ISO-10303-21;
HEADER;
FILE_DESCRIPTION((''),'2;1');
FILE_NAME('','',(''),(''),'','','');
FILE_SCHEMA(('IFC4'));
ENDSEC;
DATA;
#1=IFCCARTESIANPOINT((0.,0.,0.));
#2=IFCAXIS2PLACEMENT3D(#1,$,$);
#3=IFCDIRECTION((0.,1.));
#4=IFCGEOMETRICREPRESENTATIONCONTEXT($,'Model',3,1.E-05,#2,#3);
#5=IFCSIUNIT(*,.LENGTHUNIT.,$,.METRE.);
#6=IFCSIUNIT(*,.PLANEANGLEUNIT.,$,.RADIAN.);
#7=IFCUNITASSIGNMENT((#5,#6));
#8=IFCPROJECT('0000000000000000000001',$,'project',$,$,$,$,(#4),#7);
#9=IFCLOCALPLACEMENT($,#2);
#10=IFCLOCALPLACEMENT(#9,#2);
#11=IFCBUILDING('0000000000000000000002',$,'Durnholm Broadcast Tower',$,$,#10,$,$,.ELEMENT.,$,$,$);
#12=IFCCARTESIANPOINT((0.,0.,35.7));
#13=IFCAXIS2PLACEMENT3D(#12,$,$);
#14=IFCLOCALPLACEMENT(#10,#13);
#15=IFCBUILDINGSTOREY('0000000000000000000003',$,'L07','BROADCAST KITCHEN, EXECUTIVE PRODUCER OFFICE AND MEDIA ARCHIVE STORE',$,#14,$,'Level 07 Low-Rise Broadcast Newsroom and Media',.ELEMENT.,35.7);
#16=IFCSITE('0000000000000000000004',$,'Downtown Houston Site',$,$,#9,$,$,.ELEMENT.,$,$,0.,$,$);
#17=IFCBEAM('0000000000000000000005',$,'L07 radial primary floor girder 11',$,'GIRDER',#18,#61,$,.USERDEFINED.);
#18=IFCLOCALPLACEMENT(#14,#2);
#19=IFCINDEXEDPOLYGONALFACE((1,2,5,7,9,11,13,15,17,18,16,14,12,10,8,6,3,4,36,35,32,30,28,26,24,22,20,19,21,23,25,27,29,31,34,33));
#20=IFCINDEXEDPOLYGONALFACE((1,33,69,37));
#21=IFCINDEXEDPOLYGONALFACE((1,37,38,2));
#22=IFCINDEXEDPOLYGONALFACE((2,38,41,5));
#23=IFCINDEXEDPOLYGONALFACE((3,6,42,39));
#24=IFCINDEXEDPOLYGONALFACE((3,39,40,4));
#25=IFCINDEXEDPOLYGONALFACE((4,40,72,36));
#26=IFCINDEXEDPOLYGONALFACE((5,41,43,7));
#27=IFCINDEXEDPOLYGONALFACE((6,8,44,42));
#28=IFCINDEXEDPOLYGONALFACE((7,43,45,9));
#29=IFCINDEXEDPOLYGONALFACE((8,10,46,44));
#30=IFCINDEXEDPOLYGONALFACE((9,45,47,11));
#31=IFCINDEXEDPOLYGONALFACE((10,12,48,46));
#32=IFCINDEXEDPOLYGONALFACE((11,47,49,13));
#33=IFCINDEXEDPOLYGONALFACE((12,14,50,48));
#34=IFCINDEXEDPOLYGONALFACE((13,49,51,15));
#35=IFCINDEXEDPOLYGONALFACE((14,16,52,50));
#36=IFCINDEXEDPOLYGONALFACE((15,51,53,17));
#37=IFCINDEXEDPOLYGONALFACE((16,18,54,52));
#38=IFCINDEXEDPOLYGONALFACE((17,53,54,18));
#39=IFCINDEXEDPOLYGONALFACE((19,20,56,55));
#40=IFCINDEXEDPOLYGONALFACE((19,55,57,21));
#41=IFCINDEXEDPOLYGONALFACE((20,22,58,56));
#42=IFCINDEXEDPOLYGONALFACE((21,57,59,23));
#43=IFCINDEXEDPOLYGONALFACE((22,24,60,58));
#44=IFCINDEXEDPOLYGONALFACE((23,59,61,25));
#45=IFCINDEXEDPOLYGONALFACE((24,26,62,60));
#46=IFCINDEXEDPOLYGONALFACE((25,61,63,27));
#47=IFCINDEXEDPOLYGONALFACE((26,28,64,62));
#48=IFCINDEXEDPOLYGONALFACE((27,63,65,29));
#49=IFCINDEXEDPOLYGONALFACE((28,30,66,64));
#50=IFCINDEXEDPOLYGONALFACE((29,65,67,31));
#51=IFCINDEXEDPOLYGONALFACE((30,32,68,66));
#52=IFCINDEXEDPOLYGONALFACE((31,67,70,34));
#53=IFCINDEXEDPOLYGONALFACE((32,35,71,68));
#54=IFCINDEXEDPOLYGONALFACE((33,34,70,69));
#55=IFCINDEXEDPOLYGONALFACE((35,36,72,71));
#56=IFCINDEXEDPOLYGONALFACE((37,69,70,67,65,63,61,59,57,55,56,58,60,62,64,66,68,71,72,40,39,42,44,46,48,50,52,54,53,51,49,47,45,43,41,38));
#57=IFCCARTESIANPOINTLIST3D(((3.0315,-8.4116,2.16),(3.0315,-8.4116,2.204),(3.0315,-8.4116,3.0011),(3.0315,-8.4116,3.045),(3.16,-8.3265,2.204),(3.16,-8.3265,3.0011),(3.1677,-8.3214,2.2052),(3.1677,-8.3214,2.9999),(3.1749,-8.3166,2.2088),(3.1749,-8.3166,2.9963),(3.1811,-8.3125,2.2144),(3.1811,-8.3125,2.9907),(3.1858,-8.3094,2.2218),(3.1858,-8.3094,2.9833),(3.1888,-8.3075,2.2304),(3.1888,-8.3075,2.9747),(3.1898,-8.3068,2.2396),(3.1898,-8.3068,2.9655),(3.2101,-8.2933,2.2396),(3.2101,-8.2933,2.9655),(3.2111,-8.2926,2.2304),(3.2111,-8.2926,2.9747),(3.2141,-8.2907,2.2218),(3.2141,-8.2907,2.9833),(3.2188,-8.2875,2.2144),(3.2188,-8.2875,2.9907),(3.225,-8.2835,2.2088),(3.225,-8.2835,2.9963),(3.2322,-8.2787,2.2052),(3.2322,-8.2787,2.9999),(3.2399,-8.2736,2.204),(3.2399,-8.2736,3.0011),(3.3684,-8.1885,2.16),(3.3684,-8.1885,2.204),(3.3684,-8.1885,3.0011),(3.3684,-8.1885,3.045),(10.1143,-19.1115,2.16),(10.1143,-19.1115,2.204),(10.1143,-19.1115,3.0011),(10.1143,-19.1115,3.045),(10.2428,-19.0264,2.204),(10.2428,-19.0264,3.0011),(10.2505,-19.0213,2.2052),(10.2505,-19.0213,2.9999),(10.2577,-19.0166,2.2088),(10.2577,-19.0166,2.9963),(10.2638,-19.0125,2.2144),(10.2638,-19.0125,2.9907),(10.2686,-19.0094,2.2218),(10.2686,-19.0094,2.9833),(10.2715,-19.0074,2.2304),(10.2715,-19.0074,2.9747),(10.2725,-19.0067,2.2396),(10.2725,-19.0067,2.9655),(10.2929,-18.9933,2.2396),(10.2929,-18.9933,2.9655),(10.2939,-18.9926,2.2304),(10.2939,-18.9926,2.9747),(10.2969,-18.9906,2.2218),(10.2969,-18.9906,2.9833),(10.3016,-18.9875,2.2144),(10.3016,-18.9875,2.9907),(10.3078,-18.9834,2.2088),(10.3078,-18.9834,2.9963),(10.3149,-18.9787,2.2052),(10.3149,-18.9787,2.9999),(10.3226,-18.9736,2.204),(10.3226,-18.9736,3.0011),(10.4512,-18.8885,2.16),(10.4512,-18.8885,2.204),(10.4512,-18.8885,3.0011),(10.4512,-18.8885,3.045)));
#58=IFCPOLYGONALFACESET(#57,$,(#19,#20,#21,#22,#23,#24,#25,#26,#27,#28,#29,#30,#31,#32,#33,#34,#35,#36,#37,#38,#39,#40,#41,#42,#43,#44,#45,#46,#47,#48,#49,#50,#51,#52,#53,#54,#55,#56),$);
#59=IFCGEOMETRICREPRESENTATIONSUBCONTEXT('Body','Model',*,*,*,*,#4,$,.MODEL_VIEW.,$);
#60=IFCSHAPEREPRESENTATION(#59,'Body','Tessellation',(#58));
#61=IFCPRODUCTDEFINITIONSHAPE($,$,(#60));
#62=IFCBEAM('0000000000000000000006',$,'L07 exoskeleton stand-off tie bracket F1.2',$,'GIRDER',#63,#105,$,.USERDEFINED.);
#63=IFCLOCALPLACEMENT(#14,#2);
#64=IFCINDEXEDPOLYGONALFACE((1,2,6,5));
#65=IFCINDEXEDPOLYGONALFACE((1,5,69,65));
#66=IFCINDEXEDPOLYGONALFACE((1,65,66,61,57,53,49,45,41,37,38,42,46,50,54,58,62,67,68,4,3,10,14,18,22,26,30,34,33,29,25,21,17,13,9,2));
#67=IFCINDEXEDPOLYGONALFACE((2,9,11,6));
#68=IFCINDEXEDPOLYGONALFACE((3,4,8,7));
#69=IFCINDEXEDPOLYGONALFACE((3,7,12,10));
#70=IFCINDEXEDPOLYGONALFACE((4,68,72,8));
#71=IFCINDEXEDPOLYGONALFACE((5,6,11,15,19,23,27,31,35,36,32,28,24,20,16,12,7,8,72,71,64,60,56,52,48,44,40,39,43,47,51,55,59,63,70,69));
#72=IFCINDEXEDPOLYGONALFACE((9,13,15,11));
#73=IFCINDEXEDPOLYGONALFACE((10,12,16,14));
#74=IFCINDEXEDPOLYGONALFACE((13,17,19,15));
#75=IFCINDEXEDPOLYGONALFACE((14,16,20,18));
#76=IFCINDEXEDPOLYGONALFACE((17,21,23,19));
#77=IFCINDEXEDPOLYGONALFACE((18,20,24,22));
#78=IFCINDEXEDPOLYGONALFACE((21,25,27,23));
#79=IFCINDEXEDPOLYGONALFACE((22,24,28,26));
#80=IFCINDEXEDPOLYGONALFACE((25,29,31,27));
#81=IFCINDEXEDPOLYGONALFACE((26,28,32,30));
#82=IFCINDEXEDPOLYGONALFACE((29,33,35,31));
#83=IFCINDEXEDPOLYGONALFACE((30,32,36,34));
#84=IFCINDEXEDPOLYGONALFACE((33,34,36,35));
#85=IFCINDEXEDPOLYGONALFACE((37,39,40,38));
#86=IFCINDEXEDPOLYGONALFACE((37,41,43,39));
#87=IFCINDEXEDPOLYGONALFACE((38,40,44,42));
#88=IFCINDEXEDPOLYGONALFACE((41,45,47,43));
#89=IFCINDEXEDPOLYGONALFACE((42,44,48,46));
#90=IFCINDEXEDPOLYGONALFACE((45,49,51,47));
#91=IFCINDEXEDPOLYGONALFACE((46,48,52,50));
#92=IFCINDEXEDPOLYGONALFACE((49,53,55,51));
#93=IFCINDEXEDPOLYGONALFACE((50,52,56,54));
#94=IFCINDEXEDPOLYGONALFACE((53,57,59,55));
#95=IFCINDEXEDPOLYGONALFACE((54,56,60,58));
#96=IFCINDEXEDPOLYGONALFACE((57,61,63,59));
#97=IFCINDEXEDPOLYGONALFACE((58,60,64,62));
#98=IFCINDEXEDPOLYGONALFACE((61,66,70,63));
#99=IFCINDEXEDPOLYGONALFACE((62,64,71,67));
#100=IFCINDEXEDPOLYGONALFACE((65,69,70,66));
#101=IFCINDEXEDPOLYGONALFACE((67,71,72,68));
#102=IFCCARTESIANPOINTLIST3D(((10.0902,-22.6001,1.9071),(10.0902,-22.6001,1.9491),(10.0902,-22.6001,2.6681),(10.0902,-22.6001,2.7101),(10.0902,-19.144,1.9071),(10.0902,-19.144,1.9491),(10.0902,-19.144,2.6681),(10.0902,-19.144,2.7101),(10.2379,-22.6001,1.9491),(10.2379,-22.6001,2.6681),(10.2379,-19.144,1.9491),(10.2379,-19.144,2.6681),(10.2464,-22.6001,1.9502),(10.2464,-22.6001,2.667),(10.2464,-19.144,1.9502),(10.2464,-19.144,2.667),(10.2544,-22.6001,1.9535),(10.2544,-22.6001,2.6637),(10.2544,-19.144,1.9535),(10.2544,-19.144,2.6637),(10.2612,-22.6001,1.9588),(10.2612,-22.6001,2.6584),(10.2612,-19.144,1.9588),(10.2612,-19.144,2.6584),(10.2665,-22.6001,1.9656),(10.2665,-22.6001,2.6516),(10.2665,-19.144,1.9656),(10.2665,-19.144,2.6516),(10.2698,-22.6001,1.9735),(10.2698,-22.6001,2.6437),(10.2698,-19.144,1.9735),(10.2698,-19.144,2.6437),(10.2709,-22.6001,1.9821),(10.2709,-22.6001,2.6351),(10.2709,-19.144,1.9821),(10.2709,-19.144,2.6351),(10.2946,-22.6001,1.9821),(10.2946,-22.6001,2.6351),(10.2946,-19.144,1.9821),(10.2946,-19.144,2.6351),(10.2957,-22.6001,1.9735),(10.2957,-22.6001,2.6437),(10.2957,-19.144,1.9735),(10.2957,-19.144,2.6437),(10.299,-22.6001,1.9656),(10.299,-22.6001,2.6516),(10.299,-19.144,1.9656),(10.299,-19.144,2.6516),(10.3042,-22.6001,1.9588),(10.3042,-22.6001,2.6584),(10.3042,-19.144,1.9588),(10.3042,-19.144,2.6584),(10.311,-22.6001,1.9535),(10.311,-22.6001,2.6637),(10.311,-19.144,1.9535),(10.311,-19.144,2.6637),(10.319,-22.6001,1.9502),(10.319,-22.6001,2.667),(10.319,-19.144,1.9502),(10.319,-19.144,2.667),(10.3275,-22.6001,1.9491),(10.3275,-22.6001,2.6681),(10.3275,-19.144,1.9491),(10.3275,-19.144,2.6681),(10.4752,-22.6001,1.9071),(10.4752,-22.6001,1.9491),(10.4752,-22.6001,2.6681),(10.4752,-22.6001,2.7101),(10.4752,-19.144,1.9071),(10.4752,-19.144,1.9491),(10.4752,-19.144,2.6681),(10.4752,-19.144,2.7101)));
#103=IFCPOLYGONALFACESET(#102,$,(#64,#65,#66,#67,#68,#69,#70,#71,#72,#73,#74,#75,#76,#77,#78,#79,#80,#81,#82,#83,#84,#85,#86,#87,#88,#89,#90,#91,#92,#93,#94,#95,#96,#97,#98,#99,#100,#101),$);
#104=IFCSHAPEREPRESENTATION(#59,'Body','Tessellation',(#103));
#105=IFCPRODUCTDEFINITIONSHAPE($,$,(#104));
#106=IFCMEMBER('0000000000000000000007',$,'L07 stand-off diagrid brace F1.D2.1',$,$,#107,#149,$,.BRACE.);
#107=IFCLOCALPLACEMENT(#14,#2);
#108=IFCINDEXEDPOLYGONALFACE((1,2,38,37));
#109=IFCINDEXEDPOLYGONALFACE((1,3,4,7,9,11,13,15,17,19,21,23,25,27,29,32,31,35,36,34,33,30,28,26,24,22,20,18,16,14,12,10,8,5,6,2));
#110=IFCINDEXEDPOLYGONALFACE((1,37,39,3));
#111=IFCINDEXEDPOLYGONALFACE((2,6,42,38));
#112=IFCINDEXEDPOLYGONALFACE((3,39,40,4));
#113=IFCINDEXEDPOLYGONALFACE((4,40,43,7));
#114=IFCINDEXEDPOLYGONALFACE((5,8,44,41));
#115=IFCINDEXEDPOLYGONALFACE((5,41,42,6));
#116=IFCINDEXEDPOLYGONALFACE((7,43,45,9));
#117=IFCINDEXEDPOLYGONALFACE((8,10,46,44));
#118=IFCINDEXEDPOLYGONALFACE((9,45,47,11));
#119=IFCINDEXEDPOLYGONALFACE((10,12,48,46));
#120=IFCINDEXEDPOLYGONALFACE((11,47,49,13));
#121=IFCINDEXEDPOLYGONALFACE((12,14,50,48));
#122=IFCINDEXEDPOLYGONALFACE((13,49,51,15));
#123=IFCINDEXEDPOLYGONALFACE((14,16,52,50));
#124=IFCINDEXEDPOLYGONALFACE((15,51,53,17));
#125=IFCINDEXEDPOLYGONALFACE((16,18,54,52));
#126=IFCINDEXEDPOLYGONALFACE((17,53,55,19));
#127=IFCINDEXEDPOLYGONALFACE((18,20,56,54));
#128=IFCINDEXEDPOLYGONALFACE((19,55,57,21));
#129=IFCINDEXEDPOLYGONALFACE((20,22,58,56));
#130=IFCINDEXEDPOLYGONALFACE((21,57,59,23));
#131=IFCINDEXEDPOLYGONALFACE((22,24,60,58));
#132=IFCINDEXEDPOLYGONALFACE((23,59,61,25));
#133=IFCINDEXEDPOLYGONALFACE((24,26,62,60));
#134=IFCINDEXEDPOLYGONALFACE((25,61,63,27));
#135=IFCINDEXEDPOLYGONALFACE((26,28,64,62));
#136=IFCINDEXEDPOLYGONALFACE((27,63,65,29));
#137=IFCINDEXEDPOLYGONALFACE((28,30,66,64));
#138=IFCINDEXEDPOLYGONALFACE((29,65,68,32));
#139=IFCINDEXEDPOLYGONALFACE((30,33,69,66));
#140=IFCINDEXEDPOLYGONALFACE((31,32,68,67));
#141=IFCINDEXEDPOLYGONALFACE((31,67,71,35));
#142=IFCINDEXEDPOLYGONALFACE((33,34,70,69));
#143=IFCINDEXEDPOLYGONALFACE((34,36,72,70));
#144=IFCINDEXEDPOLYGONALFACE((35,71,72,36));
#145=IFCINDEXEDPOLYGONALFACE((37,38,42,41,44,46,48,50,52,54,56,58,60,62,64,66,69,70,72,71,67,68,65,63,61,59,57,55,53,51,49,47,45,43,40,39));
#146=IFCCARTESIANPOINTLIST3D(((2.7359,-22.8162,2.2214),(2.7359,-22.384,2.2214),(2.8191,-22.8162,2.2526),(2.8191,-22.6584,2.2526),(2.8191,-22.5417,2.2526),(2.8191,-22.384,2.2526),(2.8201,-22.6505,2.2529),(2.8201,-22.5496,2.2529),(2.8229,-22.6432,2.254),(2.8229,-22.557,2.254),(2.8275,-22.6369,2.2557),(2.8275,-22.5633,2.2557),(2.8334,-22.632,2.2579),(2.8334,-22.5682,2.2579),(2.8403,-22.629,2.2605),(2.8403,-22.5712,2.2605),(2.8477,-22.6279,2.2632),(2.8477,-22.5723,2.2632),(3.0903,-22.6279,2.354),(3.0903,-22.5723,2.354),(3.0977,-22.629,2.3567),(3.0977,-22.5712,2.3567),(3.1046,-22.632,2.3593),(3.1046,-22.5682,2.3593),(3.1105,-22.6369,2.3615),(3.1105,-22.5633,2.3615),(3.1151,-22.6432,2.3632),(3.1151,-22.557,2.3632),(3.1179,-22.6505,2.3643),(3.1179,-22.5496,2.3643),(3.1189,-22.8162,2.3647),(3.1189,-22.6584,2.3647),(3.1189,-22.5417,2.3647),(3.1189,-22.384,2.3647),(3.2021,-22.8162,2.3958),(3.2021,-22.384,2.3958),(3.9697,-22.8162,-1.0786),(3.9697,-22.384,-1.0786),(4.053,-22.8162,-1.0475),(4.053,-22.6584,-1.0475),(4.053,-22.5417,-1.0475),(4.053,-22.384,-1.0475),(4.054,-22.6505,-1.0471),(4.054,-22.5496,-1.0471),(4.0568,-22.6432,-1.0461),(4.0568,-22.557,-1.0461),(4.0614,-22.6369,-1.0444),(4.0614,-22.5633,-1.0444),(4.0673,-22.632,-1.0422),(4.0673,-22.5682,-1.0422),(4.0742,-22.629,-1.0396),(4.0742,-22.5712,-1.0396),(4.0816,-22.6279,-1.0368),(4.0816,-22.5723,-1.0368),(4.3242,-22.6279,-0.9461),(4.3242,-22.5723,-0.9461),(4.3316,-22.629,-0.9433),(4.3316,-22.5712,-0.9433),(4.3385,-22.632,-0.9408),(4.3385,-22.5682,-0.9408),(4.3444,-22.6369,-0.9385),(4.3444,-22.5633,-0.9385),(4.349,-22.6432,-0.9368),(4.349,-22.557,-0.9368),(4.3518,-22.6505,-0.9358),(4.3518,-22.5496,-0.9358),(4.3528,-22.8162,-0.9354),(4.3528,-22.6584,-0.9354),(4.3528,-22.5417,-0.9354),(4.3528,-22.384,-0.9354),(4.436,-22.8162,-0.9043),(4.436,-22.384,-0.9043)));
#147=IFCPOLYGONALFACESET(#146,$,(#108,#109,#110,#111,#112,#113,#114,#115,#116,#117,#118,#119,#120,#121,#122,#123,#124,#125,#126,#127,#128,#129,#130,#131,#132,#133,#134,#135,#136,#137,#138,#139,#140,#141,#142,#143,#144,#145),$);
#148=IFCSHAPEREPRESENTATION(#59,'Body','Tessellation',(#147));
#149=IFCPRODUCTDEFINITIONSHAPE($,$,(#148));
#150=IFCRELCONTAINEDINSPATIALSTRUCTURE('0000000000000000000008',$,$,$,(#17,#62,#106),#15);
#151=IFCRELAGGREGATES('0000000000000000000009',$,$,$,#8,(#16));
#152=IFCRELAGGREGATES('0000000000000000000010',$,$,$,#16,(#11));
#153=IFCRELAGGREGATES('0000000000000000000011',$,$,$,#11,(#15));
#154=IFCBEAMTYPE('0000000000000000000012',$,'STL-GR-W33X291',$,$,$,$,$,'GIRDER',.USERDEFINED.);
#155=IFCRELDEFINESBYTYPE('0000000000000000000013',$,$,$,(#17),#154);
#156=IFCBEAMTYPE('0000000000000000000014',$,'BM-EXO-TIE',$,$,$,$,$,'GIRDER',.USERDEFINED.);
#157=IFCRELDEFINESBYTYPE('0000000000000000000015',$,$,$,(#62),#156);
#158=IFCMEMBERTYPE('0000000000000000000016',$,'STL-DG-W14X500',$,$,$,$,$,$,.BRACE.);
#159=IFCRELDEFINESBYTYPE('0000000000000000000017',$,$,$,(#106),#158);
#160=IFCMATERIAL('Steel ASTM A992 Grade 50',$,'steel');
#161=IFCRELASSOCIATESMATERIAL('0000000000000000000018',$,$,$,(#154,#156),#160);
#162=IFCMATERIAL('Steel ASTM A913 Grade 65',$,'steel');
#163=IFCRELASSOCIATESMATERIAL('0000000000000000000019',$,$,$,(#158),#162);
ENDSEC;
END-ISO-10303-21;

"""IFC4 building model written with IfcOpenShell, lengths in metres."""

from ifc_helpers import new_model, si_unit, direction, frame, origin, origin_2d, place, context, subcontext, project, spatial, i_section, extrude, source, transform, mapped, material, material_profile, profile_set, type_object, type_shapes, element, save


model = new_model("IFC4")

# Units and contexts
model_context = context("Model", 3, precision=1e-05, world=origin(), true_north=direction((0.0, 1.0)))
body_context = subcontext(model_context, "Body", "Model", "MODEL_VIEW")
ifc_project = project(units=[si_unit("LENGTHUNIT", "METRE"), si_unit("PLANEANGLEUNIT", "RADIAN")], contexts=[model_context])

# Site, building, storey
site_placement = place(None, origin())
site = spatial("IfcSite", under=ifc_project, at=site_placement, Name="Downtown Houston Site", CompositionType="ELEMENT", RefElevation=0.0)
building_placement = place(site_placement, origin())
building = spatial("IfcBuilding", under=site, at=building_placement, Name="Durnholm Broadcast Tower", CompositionType="ELEMENT")
storey_placement = place(building_placement, frame((0.0, 0.0, 35.7)))
storey = spatial("IfcBuildingStorey", under=building, at=storey_placement, Name="L07", Description="BROADCAST KITCHEN, EXECUTIVE PRODUCER OFFICE AND MEDIA ARCHIVE STORE", LongName="Level 07 Low-Rise Broadcast Newsroom and Media", CompositionType="ELEMENT", Elevation=35.7)

# Beams
ifc_material_1 = material(Name="Steel ASTM A992 Grade 50", Category="steel")
ifc_material_profile_1 = material_profile(ifc_material_1, i_section(OverallWidth=0.4041, OverallDepth=0.885, WebThickness=0.0244, FlangeThickness=0.0439, FilletRadius=0.0356, at=origin_2d()), Name="W33X291")
ifc_profile_set_1 = profile_set([ifc_material_profile_1], Name="Steel ASTM A992 Grade 50")
beam_type_1 = type_object("IfcBeamType", Name="STL-GR-W33X291", ElementType="GIRDER", PredefinedType="USERDEFINED", material=ifc_profile_set_1)
shared_shape_1 = source(origin(), body_context, "Body", "SweptSolid", [
    extrude(i_section(OverallWidth=0.4041, OverallDepth=0.885, WebThickness=0.0244, FlangeThickness=0.0439, FilletRadius=0.0356, at=origin_2d()), origin(), (0.0, 0.0, 1.0), 12.8318),
])
beam_1_placement = place(storey_placement, frame((3.2, -8.3, 2.6025), z_axis=(0.551971, -0.833864, 0.0), x_axis=(0.833864, 0.551971, 0.0)))
element("IfcBeam", 1, at=beam_1_placement, inside=storey, type_object=beam_type_1, Name="L07 radial primary floor girder 11", ObjectType="GIRDER", PredefinedType="USERDEFINED", context=body_context, shape_type="MappedRepresentation", body=[
    mapped(shared_shape_1, transform((0.0, 0.0, 0.0), x_axis=(1.0, 0.0, 0.0), y_axis=(0.0, 1.0, 0.0), z_axis=(0.0, 0.0, 1.0), scale=1.0)),
])
ifc_material_profile_2 = material_profile(ifc_material_1, i_section(OverallWidth=0.385, OverallDepth=0.803, WebThickness=0.0237, FlangeThickness=0.042, FilletRadius=0.033, at=origin_2d()), Name="W30X261")
ifc_profile_set_2 = profile_set([ifc_material_profile_2], Name="Steel ASTM A992 Grade 50")
beam_type_2 = type_object("IfcBeamType", Name="BM-EXO-TIE", ElementType="GIRDER", PredefinedType="USERDEFINED", material=ifc_profile_set_2)
shared_shape_2 = source(origin(), body_context, "Body", "SweptSolid", [
    extrude(i_section(OverallWidth=0.385, OverallDepth=0.803, WebThickness=0.0237, FlangeThickness=0.042, FilletRadius=0.033, at=origin_2d()), origin(), (0.0, 0.0, 1.0), 3.4561),
])
type_shapes(beam_type_2, [shared_shape_2])
beam_2_placement = place(storey_placement, frame((10.2827, -19.144, 2.3086), z_axis=(0.0, -1.0, 0.0), x_axis=(1.0, 0.0, 0.0)))
element("IfcBeam", 2, at=beam_2_placement, inside=storey, type_object=beam_type_2, Name="L07 exoskeleton stand-off tie bracket F1.2", ObjectType="GIRDER", PredefinedType="USERDEFINED", context=body_context, shape_type="MappedRepresentation", body=[
    mapped(shared_shape_2, transform((0.0, 0.0, 0.0), x_axis=(1.0, 0.0, 0.0), y_axis=(0.0, 1.0, 0.0), z_axis=(0.0, 0.0, 1.0), scale=1.0)),
])

# Member
ifc_material_2 = material(Name="Steel ASTM A913 Grade 65", Category="steel")
ifc_material_profile_3 = material_profile(ifc_material_2, i_section(OverallWidth=0.4321, OverallDepth=0.4978, WebThickness=0.0557, FlangeThickness=0.0889, FilletRadius=0.0305, at=origin_2d()), Name="W14X500")
ifc_profile_set_3 = profile_set([ifc_material_profile_3], Name="Steel ASTM A913 Grade 65")
member_type_1 = type_object("IfcMemberType", Name="STL-DG-W14X500", PredefinedType="BRACE", material=ifc_profile_set_3)
shared_shape_3 = source(origin(), body_context, "Body", "SweptSolid", [
    extrude(i_section(OverallWidth=0.4321, OverallDepth=0.4978, WebThickness=0.0557, FlangeThickness=0.0889, FilletRadius=0.0305, at=origin_2d()), origin(), (0.0, 0.0, 1.0), 3.5232),
])
type_shapes(member_type_1, [shared_shape_3])
for number, where, z_axis, x_axis, name in (
    (3, (4.2029, -22.6001, -0.9915), (-0.35022, 0.0, 0.936668), (0.0, -1.0, 0.0), "L07 stand-off diagrid brace F1.D2.1"),
):
    element("IfcMember", number, at=place(storey_placement, frame(where, z_axis=z_axis, x_axis=x_axis)), inside=storey, type_object=member_type_1, Name=name, PredefinedType="BRACE", context=body_context, shape_type="MappedRepresentation", body=[
        mapped(shared_shape_3, transform((0.0, 0.0, 0.0), x_axis=(1.0, 0.0, 0.0), y_axis=(0.0, 1.0, 0.0), z_axis=(0.0, 0.0, 1.0), scale=1.0)),
    ])

save(model, "model.ifc")
